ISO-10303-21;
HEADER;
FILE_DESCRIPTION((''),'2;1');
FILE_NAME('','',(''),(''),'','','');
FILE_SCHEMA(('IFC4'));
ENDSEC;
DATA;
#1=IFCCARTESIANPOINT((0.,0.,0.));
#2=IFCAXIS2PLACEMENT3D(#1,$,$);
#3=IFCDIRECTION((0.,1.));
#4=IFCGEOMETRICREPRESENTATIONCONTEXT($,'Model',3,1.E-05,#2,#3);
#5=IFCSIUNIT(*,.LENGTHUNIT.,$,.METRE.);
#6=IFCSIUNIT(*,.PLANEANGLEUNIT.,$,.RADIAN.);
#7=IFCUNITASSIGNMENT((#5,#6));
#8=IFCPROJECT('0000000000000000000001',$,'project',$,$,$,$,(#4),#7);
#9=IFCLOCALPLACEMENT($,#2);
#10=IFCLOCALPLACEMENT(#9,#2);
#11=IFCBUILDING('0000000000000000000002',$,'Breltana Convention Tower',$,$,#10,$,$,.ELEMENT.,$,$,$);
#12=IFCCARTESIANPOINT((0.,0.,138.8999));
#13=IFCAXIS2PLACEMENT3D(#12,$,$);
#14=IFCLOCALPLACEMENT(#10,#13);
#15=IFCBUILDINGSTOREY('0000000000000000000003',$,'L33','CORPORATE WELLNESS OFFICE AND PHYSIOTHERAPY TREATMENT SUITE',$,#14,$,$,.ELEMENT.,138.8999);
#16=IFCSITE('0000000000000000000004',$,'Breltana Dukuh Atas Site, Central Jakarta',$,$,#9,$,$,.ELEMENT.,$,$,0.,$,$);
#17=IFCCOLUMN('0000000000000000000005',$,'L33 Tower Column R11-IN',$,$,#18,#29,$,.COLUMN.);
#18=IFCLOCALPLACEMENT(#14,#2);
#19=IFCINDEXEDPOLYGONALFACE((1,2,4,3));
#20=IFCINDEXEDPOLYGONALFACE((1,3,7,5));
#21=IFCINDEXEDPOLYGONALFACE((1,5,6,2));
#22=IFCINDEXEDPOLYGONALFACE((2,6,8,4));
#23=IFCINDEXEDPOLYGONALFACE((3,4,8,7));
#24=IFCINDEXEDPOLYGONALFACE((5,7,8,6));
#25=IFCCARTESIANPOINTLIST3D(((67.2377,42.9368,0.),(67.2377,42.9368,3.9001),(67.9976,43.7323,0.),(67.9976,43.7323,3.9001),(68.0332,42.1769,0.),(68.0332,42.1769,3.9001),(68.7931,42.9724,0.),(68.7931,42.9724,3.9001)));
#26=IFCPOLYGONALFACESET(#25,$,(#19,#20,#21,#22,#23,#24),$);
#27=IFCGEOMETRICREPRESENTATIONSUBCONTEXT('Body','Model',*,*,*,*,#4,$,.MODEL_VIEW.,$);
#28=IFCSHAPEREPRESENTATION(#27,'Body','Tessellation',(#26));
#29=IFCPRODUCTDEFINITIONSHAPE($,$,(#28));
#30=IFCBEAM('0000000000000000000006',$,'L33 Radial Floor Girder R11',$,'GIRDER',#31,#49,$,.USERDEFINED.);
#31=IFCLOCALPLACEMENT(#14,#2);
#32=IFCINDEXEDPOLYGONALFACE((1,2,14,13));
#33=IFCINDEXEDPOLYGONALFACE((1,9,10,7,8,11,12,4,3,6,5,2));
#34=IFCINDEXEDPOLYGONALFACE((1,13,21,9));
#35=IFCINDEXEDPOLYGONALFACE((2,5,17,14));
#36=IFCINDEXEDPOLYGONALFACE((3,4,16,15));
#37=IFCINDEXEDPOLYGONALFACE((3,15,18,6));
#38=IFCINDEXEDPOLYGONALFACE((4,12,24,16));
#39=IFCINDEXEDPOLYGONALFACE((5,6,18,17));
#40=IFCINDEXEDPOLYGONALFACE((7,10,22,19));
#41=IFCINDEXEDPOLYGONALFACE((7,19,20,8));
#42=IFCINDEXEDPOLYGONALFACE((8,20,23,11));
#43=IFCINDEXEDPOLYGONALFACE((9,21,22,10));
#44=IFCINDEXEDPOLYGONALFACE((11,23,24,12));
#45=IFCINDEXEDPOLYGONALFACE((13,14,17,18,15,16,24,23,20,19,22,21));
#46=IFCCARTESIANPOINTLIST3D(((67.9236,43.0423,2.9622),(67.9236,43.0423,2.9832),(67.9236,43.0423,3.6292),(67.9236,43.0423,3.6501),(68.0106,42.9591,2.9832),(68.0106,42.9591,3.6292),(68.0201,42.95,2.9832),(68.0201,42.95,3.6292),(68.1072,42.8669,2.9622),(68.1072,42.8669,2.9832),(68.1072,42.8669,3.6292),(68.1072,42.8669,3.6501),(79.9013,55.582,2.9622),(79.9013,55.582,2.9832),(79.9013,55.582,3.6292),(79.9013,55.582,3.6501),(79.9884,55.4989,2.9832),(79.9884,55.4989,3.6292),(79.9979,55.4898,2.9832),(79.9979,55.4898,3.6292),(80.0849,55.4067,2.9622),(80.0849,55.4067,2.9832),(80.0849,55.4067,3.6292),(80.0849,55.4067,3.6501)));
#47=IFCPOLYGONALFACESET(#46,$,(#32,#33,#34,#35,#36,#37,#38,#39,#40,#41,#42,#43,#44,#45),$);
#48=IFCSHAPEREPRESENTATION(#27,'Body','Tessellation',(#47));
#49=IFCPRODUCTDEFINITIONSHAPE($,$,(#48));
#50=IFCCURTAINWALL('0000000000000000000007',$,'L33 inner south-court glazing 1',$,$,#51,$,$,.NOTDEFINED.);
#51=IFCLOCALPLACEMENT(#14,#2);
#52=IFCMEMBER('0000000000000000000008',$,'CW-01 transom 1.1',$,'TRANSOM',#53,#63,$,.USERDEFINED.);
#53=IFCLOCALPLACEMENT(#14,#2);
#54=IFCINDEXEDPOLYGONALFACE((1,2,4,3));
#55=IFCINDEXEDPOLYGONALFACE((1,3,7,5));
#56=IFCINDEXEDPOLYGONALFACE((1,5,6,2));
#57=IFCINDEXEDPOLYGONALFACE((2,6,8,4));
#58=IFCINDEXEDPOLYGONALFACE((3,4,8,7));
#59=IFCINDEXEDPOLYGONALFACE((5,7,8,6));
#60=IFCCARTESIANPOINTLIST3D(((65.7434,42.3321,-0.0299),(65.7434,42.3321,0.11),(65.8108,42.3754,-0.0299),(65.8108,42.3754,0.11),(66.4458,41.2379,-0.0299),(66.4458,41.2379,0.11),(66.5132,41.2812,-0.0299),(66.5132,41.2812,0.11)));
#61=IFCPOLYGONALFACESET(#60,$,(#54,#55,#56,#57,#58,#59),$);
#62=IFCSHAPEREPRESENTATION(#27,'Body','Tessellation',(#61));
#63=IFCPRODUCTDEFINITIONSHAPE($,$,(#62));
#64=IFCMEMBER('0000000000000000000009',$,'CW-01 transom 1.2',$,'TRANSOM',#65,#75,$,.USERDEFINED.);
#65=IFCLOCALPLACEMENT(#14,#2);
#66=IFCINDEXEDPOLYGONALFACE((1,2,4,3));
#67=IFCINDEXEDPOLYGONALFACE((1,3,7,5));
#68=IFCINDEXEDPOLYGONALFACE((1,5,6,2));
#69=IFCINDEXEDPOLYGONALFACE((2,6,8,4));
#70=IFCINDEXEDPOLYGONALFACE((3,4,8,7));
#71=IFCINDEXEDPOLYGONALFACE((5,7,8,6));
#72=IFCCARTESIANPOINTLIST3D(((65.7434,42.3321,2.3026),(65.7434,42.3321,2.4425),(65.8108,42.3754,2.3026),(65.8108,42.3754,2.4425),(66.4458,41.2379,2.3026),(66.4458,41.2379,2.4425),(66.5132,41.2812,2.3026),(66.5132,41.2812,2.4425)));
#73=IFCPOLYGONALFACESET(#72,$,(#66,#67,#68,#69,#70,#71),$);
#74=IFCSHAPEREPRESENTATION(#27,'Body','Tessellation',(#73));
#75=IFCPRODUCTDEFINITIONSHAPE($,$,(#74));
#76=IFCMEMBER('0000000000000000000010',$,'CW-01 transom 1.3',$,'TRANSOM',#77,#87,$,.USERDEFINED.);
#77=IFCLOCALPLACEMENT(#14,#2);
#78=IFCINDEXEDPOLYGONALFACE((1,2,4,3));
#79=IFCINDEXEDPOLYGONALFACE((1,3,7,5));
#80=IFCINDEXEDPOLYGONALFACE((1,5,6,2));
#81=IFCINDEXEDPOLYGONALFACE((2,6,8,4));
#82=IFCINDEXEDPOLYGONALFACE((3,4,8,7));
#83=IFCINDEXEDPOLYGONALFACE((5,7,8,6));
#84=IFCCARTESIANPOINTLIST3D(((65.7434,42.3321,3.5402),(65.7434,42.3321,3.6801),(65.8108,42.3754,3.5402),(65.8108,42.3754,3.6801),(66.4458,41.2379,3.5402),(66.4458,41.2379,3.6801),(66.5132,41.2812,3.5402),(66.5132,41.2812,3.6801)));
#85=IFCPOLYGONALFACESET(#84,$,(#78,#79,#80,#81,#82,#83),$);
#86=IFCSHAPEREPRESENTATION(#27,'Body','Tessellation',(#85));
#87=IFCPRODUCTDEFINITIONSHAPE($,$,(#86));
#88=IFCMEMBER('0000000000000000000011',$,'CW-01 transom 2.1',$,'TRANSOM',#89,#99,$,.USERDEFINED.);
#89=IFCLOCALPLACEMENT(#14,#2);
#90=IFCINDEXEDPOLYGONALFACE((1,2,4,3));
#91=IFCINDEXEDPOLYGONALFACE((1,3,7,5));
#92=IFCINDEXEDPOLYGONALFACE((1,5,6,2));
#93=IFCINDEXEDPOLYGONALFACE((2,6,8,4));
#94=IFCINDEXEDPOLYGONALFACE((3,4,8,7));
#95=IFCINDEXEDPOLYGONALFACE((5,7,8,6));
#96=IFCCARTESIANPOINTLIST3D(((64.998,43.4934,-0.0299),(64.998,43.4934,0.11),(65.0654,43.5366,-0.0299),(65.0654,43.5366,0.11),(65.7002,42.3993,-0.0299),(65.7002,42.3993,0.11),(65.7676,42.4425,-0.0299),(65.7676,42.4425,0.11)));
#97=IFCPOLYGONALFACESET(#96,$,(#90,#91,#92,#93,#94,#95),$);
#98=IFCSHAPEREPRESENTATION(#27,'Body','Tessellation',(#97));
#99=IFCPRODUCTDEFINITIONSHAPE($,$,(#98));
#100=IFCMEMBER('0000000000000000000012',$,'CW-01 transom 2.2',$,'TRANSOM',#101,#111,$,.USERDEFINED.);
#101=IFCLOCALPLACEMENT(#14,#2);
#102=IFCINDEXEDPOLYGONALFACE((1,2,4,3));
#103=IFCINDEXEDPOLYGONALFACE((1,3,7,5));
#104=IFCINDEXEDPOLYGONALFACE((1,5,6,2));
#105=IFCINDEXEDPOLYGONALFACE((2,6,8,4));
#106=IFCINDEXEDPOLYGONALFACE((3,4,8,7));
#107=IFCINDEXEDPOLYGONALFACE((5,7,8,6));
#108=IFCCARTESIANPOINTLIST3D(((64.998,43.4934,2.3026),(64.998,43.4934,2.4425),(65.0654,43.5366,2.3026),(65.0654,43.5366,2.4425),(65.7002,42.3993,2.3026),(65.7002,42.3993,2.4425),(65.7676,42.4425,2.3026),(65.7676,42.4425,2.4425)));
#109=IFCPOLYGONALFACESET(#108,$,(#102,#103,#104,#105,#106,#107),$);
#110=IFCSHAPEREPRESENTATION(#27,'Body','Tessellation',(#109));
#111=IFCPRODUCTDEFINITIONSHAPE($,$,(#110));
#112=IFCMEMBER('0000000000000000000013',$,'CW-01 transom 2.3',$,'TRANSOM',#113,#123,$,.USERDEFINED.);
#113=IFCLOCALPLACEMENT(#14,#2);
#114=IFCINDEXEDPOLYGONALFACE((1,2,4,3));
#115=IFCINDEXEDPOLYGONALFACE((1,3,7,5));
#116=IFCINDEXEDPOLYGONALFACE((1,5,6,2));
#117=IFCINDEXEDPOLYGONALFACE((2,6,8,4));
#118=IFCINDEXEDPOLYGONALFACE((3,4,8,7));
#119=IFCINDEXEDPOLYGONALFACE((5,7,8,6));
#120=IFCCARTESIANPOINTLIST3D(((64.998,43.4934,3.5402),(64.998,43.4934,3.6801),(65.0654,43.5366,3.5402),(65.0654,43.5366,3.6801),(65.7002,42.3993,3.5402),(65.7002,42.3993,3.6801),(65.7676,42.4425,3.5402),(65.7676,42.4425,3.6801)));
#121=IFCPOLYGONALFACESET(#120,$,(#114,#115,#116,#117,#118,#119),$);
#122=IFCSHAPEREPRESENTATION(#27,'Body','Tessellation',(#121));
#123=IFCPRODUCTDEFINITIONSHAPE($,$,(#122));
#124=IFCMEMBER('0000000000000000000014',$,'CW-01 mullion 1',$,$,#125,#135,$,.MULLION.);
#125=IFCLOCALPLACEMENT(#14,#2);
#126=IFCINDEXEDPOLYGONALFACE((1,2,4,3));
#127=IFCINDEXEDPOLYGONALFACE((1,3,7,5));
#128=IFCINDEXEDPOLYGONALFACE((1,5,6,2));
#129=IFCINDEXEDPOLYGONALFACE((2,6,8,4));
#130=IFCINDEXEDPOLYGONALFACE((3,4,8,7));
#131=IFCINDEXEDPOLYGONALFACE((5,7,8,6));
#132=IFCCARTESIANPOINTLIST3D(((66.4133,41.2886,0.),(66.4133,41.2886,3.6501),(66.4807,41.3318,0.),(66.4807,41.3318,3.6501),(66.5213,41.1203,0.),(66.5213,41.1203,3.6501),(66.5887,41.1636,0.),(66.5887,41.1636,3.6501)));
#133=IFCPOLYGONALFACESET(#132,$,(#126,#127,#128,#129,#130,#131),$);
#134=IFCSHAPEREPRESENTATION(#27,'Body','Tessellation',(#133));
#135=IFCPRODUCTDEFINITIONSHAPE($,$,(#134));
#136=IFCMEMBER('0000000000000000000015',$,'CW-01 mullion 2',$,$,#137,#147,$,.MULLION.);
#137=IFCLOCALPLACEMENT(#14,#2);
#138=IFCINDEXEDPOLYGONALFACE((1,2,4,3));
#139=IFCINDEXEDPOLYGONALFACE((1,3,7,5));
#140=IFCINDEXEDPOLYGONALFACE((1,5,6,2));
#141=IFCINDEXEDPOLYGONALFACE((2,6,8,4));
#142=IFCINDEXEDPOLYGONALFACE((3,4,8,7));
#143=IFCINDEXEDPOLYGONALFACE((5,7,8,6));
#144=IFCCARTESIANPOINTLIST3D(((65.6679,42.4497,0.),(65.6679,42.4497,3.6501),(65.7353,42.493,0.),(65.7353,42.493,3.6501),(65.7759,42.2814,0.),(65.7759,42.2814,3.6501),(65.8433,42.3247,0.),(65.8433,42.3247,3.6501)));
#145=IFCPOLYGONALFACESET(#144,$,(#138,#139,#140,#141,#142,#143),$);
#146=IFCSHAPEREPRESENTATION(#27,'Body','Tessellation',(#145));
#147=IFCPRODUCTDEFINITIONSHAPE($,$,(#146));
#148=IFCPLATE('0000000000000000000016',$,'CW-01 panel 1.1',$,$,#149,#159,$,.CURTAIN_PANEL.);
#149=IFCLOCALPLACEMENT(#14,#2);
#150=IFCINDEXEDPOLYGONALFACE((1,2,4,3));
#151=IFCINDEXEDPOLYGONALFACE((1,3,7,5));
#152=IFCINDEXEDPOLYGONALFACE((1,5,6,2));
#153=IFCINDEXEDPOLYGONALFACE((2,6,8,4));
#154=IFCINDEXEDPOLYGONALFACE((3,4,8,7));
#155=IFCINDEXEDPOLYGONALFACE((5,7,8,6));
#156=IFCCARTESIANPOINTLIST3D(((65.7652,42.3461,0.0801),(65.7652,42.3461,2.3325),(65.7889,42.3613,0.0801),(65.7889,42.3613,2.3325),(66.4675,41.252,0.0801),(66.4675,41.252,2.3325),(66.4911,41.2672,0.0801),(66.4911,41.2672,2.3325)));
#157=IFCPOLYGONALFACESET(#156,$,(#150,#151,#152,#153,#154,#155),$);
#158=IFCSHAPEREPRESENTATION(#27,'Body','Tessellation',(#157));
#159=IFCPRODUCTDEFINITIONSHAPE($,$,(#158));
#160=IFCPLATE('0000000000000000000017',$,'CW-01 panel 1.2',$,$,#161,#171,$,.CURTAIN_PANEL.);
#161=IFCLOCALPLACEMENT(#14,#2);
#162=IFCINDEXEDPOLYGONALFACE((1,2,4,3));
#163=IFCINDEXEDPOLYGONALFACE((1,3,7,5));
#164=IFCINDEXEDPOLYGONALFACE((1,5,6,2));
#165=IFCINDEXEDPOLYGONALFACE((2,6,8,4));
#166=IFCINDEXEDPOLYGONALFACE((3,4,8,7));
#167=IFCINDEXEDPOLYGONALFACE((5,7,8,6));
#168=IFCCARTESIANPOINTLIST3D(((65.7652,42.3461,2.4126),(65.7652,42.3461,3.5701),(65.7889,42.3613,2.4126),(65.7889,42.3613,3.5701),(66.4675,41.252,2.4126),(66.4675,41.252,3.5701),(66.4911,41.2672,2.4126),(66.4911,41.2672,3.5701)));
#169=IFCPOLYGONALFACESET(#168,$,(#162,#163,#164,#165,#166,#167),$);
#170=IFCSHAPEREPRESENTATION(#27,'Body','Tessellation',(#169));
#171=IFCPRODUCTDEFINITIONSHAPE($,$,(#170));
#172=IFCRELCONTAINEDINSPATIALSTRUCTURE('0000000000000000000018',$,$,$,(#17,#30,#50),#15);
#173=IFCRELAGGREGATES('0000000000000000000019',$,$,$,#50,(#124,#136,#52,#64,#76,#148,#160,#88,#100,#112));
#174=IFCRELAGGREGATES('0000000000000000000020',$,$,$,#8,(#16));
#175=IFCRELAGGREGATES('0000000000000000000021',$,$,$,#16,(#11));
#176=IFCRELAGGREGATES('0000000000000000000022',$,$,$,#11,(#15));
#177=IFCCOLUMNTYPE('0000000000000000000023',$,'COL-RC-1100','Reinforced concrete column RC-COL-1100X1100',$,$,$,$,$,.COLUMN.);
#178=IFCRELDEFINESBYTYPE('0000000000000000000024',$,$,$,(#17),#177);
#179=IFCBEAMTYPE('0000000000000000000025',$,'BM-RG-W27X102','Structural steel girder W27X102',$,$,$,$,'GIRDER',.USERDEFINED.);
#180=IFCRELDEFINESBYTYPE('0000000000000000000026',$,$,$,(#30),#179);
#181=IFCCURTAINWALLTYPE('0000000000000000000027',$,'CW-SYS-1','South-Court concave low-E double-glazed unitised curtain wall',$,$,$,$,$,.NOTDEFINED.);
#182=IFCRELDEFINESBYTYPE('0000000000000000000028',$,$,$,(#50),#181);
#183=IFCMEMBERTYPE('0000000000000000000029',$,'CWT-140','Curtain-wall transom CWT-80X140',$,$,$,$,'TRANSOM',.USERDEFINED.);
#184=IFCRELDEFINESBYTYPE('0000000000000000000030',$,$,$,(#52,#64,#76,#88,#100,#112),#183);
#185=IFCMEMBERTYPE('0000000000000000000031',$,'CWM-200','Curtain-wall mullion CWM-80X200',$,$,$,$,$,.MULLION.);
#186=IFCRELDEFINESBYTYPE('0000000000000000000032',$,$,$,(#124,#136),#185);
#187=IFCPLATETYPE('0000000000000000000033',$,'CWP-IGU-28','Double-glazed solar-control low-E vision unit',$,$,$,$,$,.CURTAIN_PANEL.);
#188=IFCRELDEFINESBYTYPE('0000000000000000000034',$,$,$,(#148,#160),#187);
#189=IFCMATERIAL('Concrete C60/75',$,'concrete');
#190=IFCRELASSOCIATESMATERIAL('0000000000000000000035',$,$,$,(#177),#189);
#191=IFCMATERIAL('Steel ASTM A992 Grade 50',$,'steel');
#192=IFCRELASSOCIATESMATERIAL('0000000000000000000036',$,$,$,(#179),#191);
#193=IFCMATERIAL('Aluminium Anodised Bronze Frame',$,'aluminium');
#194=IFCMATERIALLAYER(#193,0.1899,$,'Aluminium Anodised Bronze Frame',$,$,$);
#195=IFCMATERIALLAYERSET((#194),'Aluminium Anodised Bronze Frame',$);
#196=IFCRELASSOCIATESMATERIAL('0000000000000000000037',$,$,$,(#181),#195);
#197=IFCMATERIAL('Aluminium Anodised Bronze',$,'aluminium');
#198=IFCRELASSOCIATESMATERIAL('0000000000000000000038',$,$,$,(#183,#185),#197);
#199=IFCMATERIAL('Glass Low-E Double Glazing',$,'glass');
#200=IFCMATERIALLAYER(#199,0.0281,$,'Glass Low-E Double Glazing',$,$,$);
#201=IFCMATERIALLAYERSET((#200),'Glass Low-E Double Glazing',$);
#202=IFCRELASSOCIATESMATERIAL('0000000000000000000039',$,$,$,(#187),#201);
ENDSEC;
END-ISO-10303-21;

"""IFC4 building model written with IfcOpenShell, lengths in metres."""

from ifc_helpers import new_model, si_unit, direction, frame, origin, origin_2d, place, context, subcontext, project, spatial, rectangle, i_section, extrude, source, transform, mapped, material, layer, layer_set, material_profile, profile_set, type_object, type_shapes, element, aggregate, save


model = new_model("IFC4")

# Units and contexts
model_context = context("Model", 3, precision=1e-05, world=origin(), true_north=direction((0.0, 1.0)))
body_context = subcontext(model_context, "Body", "Model", "MODEL_VIEW")
ifc_project = project(units=[si_unit("LENGTHUNIT", "METRE"), si_unit("PLANEANGLEUNIT", "RADIAN")], contexts=[model_context])

# Site, building, storey
site_placement = place(None, origin())
site = spatial("IfcSite", under=ifc_project, at=site_placement, Name="Breltana Dukuh Atas Site, Central Jakarta", CompositionType="ELEMENT", RefElevation=0.0)
building_placement = place(site_placement, origin())
building = spatial("IfcBuilding", under=site, at=building_placement, Name="Breltana Convention Tower", CompositionType="ELEMENT")
storey_placement = place(building_placement, frame((0.0, 0.0, 138.8999)))
storey = spatial("IfcBuildingStorey", under=building, at=storey_placement, Name="L33", Description="CORPORATE WELLNESS OFFICE AND PHYSIOTHERAPY TREATMENT SUITE", CompositionType="ELEMENT", Elevation=138.8999)

# Column
ifc_material_1 = material(Name="Concrete C60/75", Category="concrete")
ifc_material_profile_1 = material_profile(ifc_material_1, rectangle(XDim=1.1001, YDim=1.1001, at=origin_2d()), Name="RC-COL-1100X1100")
ifc_profile_set_1 = profile_set([ifc_material_profile_1], Name="Concrete C60/75")
column_type = type_object("IfcColumnType", Name="COL-RC-1100", Description="Reinforced concrete column RC-COL-1100X1100", PredefinedType="COLUMN", material=ifc_profile_set_1)
shared_shape_1 = source(origin(), body_context, "Body", "SweptSolid", [
    extrude(rectangle(XDim=1.1001, YDim=1.1001, at=origin_2d()), origin(), (0.0, 0.0, 1.0), 3.9001),
])
column_placement = place(storey_placement, frame((68.0154, 42.9546, 0.0), z_axis=(0.0, 0.0, 1.0), x_axis=(0.690756, 0.723088, 0.0)))
element("IfcColumn", 1, at=column_placement, inside=storey, type_object=column_type, Name="L33 Tower Column R11-IN", PredefinedType="COLUMN", context=body_context, shape_type="MappedRepresentation", body=[
    mapped(shared_shape_1, transform((0.0, 0.0, 0.0), scale=1.0)),
])

# Beam
ifc_material_2 = material(Name="Steel ASTM A992 Grade 50", Category="steel")
ifc_material_profile_2 = material_profile(ifc_material_2, i_section(OverallWidth=0.2539, OverallDepth=0.688, WebThickness=0.0132, FlangeThickness=0.021, at=origin_2d()), Name="W27X102")
ifc_profile_set_2 = profile_set([ifc_material_profile_2], Name="Steel ASTM A992 Grade 50")
beam_type = type_object("IfcBeamType", Name="BM-RG-W27X102", Description="Structural steel girder W27X102", ElementType="GIRDER", PredefinedType="USERDEFINED", material=ifc_profile_set_2)
shared_shape_2 = source(origin(), body_context, "Body", "SweptSolid", [
    extrude(i_section(OverallWidth=0.2539, OverallDepth=0.688, WebThickness=0.0132, FlangeThickness=0.021, at=origin_2d()), origin(), (0.0, 0.0, 1.0), 17.3411),
])
type_shapes(beam_type, [shared_shape_2])
beam_placement = place(storey_placement, frame((68.0154, 42.9546, 3.3062), z_axis=(0.690716, 0.723126, 0.0), x_axis=(-0.723126, 0.690716, 0.0)))
element("IfcBeam", 2, at=beam_placement, inside=storey, type_object=beam_type, Name="L33 Radial Floor Girder R11", ObjectType="GIRDER", PredefinedType="USERDEFINED", context=body_context, shape_type="MappedRepresentation", body=[
    mapped(shared_shape_2, transform((0.0, 0.0, 0.0), scale=1.0)),
])

# Curtain wall, members, plates
ifc_material_3 = material(Name="Aluminium Anodised Bronze Frame", Category="aluminium")
ifc_layer_1 = layer(ifc_material_3, 0.1899, Name="Aluminium Anodised Bronze Frame")
ifc_layer_set_1 = layer_set([ifc_layer_1], Name="Aluminium Anodised Bronze Frame")
curtain_wall_type = type_object("IfcCurtainWallType", Name="CW-SYS-1", Description="South-Court concave low-E double-glazed unitised curtain wall", PredefinedType="NOTDEFINED", material=ifc_layer_set_1)
curtain_wall_placement = place(storey_placement, origin())
curtain_wall = element("IfcCurtainWall", 3, at=curtain_wall_placement, inside=storey, type_object=curtain_wall_type, Name="L33 inner south-court glazing 1", PredefinedType="NOTDEFINED")
ifc_material_4 = material(Name="Aluminium Anodised Bronze", Category="aluminium")
ifc_material_profile_3 = material_profile(ifc_material_4, rectangle(XDim=0.0801, YDim=0.1399, at=origin_2d()), Name="CWT-80X140")
ifc_profile_set_3 = profile_set([ifc_material_profile_3], Name="Aluminium Anodised Bronze")
member_type_1 = type_object("IfcMemberType", Name="CWT-140", Description="Curtain-wall transom CWT-80X140", ElementType="TRANSOM", PredefinedType="USERDEFINED", material=ifc_profile_set_3)
shared_shape_3 = source(origin(), body_context, "Body", "SweptSolid", [
    extrude(rectangle(XDim=0.0801, YDim=0.1399, at=origin_2d()), origin(), (0.0, 0.0, 1.0), 1.3003),
])
member_1_placement = place(storey_placement, frame((66.4795, 41.2595, 0.04), z_axis=(-0.540188, 0.841544, 0.0), x_axis=(-0.841544, -0.540188, 0.0)))
member_1 = element("IfcMember", 4, at=member_1_placement, type_object=member_type_1, Name="CW-01 transom 1.1", ObjectType="TRANSOM", PredefinedType="USERDEFINED", context=body_context, shape_type="MappedRepresentation", body=[
    mapped(shared_shape_3, transform((0.0, 0.0, 0.0), scale=1.0)),
])
member_2_placement = place(storey_placement, frame((66.4795, 41.2595, 2.3726), z_axis=(-0.540188, 0.841544, 0.0), x_axis=(-0.841544, -0.540188, 0.0)))
member_2 = element("IfcMember", 5, at=member_2_placement, type_object=member_type_1, Name="CW-01 transom 1.2", ObjectType="TRANSOM", PredefinedType="USERDEFINED", context=body_context, shape_type="MappedRepresentation", body=[
    mapped(shared_shape_3, transform((0.0, 0.0, 0.0), scale=1.0)),
])
member_3_placement = place(storey_placement, frame((66.4795, 41.2595, 3.6101), z_axis=(-0.540188, 0.841544, 0.0), x_axis=(-0.841544, -0.540188, 0.0)))
member_3 = element("IfcMember", 6, at=member_3_placement, type_object=member_type_1, Name="CW-01 transom 1.3", ObjectType="TRANSOM", PredefinedType="USERDEFINED", context=body_context, shape_type="MappedRepresentation", body=[
    mapped(shared_shape_3, transform((0.0, 0.0, 0.0), scale=1.0)),
])
shared_shape_4 = source(origin(), body_context, "Body", "SweptSolid", [
    extrude(rectangle(XDim=0.0801, YDim=0.1399, at=origin_2d()), origin(), (0.0, 0.0, 1.0), 1.3),
])
member_4_placement = place(storey_placement, frame((65.7339, 42.4209, 0.04), z_axis=(-0.54014, 0.841575, 0.0), x_axis=(-0.841575, -0.54014, 0.0)))
member_4 = element("IfcMember", 7, at=member_4_placement, type_object=member_type_1, Name="CW-01 transom 2.1", ObjectType="TRANSOM", PredefinedType="USERDEFINED", context=body_context, shape_type="MappedRepresentation", body=[
    mapped(shared_shape_4, transform((0.0, 0.0, 0.0), scale=1.0)),
])
member_5_placement = place(storey_placement, frame((65.7339, 42.4209, 2.3726), z_axis=(-0.54014, 0.841575, 0.0), x_axis=(-0.841575, -0.54014, 0.0)))
member_5 = element("IfcMember", 8, at=member_5_placement, type_object=member_type_1, Name="CW-01 transom 2.2", ObjectType="TRANSOM", PredefinedType="USERDEFINED", context=body_context, shape_type="MappedRepresentation", body=[
    mapped(shared_shape_4, transform((0.0, 0.0, 0.0), scale=1.0)),
])
member_6_placement = place(storey_placement, frame((65.7339, 42.4209, 3.6101), z_axis=(-0.54014, 0.841575, 0.0), x_axis=(-0.841575, -0.54014, 0.0)))
member_6 = element("IfcMember", 9, at=member_6_placement, type_object=member_type_1, Name="CW-01 transom 2.3", ObjectType="TRANSOM", PredefinedType="USERDEFINED", context=body_context, shape_type="MappedRepresentation", body=[
    mapped(shared_shape_4, transform((0.0, 0.0, 0.0), scale=1.0)),
])
ifc_material_profile_4 = material_profile(ifc_material_4, rectangle(XDim=0.0801, YDim=0.2, at=origin_2d()), Name="CWM-80X200")
ifc_profile_set_4 = profile_set([ifc_material_profile_4], Name="Aluminium Anodised Bronze")
member_type_2 = type_object("IfcMemberType", Name="CWM-200", Description="Curtain-wall mullion CWM-80X200", PredefinedType="MULLION", material=ifc_profile_set_4)
shared_shape_5 = source(origin(), body_context, "Body", "SweptSolid", [
    extrude(rectangle(XDim=0.0801, YDim=0.2, at=origin_2d()), origin(), (0.0, 0.0, 1.0), 3.6501),
])
member_7_placement = place(storey_placement, frame((66.501, 41.2261, 0.0), z_axis=(0.0, 0.0, 1.0), x_axis=(-0.841551, -0.540177, 0.0)))
member_7 = element("IfcMember", 10, at=member_7_placement, type_object=member_type_2, Name="CW-01 mullion 1", PredefinedType="MULLION", context=body_context, shape_type="MappedRepresentation", body=[
    mapped(shared_shape_5, transform((0.0, 0.0, 0.0), scale=1.0)),
])
member_8_placement = place(storey_placement, frame((65.7556, 42.3872, 0.0), z_axis=(0.0, 0.0, 1.0), x_axis=(-0.841551, -0.540177, 0.0)))
member_8 = element("IfcMember", 11, at=member_8_placement, type_object=member_type_2, Name="CW-01 mullion 2", PredefinedType="MULLION", context=body_context, shape_type="MappedRepresentation", body=[
    mapped(shared_shape_5, transform((0.0, 0.0, 0.0), scale=1.0)),
])
ifc_material_5 = material(Name="Glass Low-E Double Glazing", Category="glass")
ifc_layer_2 = layer(ifc_material_5, 0.0281, Name="Glass Low-E Double Glazing")
ifc_layer_set_2 = layer_set([ifc_layer_2], Name="Glass Low-E Double Glazing")
plate_type = type_object("IfcPlateType", Name="CWP-IGU-28", Description="Double-glazed solar-control low-E vision unit", PredefinedType="CURTAIN_PANEL", material=ifc_layer_set_2)
shared_shape_6 = source(origin(), body_context, "Body", "SweptSolid", [
    extrude(rectangle(XDim=1.3, YDim=0.0281, at=origin_2d()), origin(), (0.0, 0.0, 1.0), 2.2524),
])
plate_1_placement = place(storey_placement, frame((66.1282, 41.8066, 0.0801), z_axis=(0.0, 0.0, 1.0), x_axis=(-0.540177, 0.841551, 0.0)))
plate_1 = element("IfcPlate", 12, at=plate_1_placement, type_object=plate_type, Name="CW-01 panel 1.1", PredefinedType="CURTAIN_PANEL", context=body_context, shape_type="MappedRepresentation", body=[
    mapped(shared_shape_6, transform((0.0, 0.0, 0.0), scale=1.0)),
])
shared_shape_7 = source(origin(), body_context, "Body", "SweptSolid", [
    extrude(rectangle(XDim=1.3, YDim=0.0281, at=origin_2d()), origin(), (0.0, 0.0, 1.0), 1.1575),
])
plate_2_placement = place(storey_placement, frame((66.1282, 41.8066, 2.4126), z_axis=(0.0, 0.0, 1.0), x_axis=(-0.540177, 0.841551, 0.0)))
plate_2 = element("IfcPlate", 13, at=plate_2_placement, type_object=plate_type, Name="CW-01 panel 1.2", PredefinedType="CURTAIN_PANEL", context=body_context, shape_type="MappedRepresentation", body=[
    mapped(shared_shape_7, transform((0.0, 0.0, 0.0), scale=1.0)),
])
aggregate(curtain_wall, [member_7, member_8, member_1, member_2, member_3, plate_1, plate_2, member_4, member_5, member_6])

save(model, "model.ifc")
